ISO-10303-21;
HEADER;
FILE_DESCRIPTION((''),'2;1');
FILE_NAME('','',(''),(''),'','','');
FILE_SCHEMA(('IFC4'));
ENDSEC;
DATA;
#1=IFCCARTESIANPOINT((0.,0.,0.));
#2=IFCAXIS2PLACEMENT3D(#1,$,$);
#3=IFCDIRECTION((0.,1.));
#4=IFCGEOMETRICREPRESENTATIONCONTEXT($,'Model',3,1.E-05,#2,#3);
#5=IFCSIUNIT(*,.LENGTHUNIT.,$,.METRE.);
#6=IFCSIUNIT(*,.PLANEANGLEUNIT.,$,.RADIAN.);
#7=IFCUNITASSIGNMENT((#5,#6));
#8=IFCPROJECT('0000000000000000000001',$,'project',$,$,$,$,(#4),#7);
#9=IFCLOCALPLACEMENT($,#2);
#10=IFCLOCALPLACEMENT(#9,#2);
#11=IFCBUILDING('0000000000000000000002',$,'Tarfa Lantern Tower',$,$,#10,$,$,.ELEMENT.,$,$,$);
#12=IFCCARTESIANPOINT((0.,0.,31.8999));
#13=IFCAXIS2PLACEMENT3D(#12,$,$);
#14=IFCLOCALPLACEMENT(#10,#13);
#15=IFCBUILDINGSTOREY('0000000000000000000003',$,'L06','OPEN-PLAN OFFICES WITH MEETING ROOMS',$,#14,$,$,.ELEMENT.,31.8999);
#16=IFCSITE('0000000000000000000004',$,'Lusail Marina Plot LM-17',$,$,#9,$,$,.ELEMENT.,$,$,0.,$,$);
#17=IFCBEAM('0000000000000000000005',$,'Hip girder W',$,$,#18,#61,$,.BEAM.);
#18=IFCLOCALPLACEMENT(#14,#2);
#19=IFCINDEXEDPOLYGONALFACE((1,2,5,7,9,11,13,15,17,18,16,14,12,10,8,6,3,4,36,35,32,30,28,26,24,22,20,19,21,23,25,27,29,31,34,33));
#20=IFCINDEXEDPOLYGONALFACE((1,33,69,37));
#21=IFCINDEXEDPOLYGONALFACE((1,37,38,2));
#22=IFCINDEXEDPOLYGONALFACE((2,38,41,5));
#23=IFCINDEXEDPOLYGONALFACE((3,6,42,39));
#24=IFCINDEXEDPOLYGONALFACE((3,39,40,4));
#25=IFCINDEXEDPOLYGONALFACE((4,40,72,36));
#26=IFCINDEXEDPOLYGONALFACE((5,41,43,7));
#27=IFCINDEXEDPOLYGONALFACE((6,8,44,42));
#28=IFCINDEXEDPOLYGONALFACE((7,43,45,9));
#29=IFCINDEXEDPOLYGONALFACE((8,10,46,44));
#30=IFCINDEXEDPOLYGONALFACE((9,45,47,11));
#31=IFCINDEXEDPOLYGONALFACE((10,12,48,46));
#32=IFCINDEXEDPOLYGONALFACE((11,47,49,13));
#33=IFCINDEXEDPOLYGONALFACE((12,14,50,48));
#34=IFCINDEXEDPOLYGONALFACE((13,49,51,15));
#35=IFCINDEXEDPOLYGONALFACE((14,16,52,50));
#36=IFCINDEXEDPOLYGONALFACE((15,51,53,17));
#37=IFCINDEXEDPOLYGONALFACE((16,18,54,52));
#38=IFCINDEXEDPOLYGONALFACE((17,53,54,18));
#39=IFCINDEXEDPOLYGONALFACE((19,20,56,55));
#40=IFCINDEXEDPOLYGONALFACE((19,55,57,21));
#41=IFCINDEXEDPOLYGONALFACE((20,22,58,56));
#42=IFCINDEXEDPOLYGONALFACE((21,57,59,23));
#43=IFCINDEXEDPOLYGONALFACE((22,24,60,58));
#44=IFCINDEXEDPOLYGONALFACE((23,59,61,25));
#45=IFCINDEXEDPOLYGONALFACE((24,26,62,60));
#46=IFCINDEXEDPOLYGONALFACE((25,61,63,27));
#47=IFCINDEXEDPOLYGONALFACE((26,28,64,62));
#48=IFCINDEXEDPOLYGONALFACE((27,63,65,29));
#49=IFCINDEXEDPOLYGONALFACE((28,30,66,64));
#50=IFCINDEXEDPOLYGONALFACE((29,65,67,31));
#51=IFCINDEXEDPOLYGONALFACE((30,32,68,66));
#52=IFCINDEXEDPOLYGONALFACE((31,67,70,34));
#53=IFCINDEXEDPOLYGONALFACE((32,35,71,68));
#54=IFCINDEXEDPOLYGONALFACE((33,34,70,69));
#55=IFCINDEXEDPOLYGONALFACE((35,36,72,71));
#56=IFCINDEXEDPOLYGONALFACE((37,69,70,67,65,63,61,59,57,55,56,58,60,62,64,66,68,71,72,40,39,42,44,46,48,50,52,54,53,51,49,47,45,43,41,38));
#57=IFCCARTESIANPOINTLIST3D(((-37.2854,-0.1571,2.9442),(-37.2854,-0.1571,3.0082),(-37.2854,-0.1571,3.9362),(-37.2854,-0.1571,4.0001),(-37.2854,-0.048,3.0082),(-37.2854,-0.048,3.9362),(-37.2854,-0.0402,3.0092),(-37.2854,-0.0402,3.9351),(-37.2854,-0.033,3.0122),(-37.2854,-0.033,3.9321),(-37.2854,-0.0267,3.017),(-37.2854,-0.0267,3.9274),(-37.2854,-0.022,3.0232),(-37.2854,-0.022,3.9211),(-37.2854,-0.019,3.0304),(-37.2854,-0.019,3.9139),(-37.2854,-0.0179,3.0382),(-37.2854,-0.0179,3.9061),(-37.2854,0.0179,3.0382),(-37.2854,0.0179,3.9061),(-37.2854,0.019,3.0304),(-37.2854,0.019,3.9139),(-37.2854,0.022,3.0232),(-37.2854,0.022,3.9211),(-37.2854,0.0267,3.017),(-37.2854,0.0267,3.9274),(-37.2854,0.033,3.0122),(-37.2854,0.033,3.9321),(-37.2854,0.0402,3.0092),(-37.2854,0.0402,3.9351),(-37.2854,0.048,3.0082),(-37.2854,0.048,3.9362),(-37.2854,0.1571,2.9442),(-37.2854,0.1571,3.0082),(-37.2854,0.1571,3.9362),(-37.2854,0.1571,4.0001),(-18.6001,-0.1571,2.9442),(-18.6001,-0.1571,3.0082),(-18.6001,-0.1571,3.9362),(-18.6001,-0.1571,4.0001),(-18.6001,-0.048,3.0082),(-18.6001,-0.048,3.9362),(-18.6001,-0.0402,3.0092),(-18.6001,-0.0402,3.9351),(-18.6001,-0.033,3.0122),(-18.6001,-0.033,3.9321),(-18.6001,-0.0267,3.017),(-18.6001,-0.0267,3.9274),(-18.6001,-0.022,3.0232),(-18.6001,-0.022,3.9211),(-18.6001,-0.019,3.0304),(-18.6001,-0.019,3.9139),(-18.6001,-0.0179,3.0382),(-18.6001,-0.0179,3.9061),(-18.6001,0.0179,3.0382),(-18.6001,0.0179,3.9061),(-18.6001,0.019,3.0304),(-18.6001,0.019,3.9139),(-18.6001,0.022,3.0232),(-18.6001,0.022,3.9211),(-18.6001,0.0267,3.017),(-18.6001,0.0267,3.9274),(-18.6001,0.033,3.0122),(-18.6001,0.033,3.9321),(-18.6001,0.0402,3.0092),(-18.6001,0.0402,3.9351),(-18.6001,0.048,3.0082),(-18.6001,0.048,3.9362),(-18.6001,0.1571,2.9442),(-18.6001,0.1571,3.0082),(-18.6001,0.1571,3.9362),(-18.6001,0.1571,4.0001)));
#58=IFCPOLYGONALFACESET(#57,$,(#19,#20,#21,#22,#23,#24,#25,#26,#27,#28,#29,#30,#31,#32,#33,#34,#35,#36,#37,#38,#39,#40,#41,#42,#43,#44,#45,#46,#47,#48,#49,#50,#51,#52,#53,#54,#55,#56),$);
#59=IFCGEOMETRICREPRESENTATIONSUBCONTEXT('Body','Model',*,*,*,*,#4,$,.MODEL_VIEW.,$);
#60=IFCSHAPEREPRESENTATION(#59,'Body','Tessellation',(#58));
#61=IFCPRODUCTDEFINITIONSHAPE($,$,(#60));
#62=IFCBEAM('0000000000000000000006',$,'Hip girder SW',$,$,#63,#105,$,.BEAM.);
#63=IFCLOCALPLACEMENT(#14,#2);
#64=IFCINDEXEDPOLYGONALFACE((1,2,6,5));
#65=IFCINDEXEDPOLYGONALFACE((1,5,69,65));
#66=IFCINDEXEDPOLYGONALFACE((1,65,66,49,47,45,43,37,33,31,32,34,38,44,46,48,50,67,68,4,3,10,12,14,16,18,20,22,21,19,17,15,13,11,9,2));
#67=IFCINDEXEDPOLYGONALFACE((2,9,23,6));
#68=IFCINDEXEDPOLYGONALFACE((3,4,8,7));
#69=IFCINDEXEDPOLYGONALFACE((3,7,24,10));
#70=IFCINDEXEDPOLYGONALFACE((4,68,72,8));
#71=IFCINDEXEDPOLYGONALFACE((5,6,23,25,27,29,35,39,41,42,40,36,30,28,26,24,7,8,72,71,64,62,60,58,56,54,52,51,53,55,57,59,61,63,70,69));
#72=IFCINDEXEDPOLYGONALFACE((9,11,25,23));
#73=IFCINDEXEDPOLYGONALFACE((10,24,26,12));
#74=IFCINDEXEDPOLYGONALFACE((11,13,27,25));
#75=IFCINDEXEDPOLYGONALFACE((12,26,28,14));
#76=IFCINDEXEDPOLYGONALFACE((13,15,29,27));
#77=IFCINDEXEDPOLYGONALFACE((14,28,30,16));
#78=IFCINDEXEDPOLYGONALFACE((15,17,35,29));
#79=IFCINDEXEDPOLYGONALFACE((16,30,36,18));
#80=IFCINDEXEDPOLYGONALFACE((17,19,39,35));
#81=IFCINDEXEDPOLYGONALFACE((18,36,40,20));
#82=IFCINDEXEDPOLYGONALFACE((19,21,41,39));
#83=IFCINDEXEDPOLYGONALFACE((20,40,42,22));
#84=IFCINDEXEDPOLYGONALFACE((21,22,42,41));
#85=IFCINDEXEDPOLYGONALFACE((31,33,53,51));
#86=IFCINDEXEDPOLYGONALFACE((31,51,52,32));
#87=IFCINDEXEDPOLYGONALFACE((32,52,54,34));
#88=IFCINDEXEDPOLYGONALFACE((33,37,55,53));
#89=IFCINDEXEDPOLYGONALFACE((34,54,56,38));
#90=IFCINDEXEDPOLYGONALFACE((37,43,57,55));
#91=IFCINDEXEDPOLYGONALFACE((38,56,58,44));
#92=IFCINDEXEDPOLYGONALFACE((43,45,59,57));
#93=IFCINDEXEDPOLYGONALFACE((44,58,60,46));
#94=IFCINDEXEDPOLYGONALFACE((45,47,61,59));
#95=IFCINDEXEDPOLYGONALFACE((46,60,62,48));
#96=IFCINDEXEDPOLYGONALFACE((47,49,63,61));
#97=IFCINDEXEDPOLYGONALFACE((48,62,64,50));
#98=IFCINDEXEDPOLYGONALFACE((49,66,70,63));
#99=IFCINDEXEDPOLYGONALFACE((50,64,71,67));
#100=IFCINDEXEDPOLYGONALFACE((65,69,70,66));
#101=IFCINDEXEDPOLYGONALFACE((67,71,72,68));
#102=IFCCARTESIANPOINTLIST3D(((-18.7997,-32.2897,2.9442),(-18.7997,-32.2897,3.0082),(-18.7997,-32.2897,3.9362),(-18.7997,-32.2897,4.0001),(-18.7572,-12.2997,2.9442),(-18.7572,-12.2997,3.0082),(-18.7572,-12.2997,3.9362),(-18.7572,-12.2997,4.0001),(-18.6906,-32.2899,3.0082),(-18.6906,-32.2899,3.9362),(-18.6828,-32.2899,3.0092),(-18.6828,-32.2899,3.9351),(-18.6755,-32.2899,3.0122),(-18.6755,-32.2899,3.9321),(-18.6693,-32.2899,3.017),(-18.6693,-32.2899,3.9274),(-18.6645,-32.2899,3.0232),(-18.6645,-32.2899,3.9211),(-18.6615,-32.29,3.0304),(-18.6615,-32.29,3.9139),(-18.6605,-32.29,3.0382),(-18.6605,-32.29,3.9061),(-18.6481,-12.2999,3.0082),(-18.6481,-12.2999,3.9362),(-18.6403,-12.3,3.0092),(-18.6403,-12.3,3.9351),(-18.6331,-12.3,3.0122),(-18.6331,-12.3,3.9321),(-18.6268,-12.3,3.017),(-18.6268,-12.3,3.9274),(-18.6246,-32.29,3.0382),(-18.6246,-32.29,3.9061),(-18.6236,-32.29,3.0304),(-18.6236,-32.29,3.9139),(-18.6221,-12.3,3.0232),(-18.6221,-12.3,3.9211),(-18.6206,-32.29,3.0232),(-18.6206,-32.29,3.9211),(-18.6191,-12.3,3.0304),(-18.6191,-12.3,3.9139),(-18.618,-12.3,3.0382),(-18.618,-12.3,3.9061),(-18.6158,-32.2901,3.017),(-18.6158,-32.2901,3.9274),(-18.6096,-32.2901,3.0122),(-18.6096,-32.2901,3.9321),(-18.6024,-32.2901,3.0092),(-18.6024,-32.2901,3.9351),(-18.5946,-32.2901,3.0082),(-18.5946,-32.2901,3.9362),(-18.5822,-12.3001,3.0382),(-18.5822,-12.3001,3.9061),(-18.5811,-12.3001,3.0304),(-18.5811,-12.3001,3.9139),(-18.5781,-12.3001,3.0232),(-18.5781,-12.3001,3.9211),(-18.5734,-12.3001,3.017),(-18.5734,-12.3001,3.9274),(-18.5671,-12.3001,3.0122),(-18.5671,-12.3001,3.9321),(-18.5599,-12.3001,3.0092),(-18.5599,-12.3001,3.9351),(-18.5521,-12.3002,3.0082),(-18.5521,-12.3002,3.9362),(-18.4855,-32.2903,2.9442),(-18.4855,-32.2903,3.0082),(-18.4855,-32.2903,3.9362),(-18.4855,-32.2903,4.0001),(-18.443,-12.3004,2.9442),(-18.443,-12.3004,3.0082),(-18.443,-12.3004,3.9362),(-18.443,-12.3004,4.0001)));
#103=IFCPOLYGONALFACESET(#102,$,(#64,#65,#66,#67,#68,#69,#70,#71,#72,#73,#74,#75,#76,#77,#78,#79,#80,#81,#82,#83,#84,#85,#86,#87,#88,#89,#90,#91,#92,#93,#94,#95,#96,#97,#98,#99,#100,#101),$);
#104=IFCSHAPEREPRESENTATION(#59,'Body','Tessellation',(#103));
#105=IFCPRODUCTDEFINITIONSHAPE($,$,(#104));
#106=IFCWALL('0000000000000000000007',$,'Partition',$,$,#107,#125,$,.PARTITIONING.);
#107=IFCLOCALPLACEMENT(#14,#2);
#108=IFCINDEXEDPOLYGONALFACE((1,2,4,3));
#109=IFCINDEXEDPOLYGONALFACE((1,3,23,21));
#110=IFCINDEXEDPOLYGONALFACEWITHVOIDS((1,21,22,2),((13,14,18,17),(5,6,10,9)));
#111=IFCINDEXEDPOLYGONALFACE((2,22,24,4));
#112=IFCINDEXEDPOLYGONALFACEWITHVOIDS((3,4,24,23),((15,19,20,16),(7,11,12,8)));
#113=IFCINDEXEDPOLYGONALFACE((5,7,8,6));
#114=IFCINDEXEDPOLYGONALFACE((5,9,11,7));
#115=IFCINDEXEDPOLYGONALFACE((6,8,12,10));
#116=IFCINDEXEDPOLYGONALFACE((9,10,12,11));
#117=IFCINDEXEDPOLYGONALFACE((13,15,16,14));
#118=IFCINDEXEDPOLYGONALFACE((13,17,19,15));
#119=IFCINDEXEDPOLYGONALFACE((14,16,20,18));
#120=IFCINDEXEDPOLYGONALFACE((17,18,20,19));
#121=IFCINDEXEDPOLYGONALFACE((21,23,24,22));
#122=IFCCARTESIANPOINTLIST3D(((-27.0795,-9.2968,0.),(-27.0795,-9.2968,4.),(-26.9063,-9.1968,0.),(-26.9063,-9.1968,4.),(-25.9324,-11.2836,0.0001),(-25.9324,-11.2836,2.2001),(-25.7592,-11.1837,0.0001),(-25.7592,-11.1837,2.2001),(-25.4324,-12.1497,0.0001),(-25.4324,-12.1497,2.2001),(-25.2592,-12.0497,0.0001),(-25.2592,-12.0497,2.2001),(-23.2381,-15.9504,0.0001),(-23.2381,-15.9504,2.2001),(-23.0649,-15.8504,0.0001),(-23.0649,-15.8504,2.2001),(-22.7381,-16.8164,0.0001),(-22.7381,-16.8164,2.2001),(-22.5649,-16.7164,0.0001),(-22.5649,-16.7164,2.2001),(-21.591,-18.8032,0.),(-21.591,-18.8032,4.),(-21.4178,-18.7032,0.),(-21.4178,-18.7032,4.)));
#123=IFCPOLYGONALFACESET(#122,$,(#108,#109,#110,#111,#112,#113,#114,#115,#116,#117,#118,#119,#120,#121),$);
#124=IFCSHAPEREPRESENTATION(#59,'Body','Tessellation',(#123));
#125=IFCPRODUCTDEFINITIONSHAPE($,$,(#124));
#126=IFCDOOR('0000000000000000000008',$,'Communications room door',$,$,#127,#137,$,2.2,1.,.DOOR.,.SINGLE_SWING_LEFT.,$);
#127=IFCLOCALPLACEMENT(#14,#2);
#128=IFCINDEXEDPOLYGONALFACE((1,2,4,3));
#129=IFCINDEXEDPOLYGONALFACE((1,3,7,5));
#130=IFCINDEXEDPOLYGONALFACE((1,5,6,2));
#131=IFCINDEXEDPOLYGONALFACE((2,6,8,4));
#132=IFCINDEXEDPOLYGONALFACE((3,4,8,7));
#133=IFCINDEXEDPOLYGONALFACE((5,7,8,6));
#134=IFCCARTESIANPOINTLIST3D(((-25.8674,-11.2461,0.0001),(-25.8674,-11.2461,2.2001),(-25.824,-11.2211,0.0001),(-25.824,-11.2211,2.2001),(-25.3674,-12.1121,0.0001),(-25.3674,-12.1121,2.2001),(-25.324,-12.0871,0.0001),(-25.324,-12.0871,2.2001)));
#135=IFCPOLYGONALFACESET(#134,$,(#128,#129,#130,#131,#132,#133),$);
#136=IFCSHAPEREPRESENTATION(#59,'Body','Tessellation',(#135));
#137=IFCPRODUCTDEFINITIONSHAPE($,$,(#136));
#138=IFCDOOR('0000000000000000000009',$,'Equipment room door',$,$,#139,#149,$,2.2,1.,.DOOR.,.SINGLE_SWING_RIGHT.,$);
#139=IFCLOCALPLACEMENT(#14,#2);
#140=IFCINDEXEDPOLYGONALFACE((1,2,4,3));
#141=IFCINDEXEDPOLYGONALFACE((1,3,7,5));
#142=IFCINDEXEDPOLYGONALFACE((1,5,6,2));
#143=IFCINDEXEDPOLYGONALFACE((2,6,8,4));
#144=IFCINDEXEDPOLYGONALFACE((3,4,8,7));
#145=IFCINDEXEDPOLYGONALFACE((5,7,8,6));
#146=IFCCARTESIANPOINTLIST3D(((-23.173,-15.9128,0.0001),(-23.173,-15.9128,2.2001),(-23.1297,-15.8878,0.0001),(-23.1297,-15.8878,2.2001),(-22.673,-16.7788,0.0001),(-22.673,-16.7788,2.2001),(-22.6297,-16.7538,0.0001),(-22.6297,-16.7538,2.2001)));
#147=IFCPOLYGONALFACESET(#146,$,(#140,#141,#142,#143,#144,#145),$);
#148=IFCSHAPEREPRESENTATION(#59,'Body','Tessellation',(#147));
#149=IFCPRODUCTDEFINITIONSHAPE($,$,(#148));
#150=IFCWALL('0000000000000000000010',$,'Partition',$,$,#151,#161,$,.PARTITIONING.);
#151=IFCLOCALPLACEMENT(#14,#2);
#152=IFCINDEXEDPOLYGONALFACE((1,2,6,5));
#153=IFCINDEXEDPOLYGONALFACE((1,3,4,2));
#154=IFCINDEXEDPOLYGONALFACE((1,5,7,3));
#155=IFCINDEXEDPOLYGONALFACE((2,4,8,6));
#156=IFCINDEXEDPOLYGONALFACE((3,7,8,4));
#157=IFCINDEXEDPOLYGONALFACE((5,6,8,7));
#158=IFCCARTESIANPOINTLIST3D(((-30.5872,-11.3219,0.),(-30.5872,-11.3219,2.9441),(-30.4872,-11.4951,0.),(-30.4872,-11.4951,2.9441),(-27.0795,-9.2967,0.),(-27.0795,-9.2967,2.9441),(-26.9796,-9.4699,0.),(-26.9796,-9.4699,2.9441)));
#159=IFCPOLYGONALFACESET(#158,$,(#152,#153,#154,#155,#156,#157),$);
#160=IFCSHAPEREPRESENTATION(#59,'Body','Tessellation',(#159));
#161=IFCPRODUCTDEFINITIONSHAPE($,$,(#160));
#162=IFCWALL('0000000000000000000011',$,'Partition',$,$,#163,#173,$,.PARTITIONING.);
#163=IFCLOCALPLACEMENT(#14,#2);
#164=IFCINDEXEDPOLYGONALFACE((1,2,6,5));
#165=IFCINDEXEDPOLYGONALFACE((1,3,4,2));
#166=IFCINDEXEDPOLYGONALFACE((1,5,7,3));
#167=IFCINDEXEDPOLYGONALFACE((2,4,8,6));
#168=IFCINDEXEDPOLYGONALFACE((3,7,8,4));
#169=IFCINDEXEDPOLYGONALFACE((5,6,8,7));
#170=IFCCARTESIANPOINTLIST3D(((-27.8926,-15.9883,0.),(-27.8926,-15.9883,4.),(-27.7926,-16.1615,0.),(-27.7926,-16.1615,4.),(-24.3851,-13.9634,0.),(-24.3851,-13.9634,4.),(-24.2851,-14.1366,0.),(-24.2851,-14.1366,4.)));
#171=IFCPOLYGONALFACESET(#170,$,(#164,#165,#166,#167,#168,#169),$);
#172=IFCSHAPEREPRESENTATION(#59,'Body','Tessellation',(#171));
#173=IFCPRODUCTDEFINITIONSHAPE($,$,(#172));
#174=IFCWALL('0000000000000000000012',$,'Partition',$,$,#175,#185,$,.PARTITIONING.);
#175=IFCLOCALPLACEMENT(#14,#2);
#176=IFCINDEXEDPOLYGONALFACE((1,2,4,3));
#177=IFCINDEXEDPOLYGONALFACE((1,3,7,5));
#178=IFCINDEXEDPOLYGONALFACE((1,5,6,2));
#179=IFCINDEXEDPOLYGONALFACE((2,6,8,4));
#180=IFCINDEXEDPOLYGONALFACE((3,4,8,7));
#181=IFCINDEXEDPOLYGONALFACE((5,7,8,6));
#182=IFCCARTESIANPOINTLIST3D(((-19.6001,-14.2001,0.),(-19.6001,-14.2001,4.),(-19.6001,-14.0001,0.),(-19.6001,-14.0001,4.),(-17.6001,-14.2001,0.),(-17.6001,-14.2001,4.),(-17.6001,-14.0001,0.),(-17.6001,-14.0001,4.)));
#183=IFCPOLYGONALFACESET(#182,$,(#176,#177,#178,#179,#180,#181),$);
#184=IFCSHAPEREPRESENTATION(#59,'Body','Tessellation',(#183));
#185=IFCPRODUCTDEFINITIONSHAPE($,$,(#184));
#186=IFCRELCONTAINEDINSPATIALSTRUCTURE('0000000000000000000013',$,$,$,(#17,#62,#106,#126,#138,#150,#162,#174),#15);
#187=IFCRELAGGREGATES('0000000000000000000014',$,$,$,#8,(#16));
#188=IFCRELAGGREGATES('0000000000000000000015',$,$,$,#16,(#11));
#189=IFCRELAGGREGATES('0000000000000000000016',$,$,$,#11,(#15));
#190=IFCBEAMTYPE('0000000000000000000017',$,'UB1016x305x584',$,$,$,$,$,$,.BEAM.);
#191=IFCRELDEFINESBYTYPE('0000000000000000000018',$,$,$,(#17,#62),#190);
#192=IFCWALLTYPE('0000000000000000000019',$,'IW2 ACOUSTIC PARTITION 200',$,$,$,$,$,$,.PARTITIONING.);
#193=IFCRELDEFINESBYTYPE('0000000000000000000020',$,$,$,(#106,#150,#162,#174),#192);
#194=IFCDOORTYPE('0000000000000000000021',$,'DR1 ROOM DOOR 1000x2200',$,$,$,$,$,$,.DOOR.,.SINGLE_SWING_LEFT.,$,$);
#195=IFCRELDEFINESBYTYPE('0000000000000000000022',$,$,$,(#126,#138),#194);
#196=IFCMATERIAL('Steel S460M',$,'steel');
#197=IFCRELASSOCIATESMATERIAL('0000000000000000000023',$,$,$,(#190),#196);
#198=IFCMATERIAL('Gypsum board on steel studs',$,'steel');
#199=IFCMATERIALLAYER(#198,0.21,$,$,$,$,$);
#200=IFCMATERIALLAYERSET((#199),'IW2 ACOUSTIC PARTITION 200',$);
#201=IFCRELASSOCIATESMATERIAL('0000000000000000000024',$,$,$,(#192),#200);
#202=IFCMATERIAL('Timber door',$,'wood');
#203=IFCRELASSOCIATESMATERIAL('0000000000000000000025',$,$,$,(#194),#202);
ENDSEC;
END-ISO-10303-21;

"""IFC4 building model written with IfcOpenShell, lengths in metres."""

from ifc_helpers import new_model, si_unit, direction, frame, frame_2d, origin, origin_2d, place, context, subcontext, project, spatial, rectangle, i_section, extrude, material, layer, layer_set, material_profile, profile_set, type_object, element, fill, save


model = new_model("IFC4")

# Units and contexts
model_context = context("Model", 3, precision=1e-05, world=origin(), true_north=direction((0.0, 1.0)))
body_context = subcontext(model_context, "Body", "Model", "MODEL_VIEW")
ifc_project = project(units=[si_unit("LENGTHUNIT", "METRE"), si_unit("PLANEANGLEUNIT", "RADIAN")], contexts=[model_context])

# Site, building, storey
site_placement = place(None, origin())
site = spatial("IfcSite", under=ifc_project, at=site_placement, Name="Lusail Marina Plot LM-17", CompositionType="ELEMENT", RefElevation=0.0)
building_placement = place(site_placement, origin())
building = spatial("IfcBuilding", under=site, at=building_placement, Name="Tarfa Lantern Tower", CompositionType="ELEMENT")
storey_placement = place(building_placement, frame((0.0, 0.0, 31.8999)))
storey = spatial("IfcBuildingStorey", under=building, at=storey_placement, Name="L06", Description="OPEN-PLAN OFFICES WITH MEETING ROOMS", CompositionType="ELEMENT", Elevation=31.8999)

# Beams
ifc_material_1 = material(Name="Steel S460M", Category="steel")
ifc_material_profile = material_profile(ifc_material_1, i_section(OverallWidth=0.3142, OverallDepth=1.0559, WebThickness=0.0359, FlangeThickness=0.064, FilletRadius=0.03, at=origin_2d()), Name="UB1016x305x584")
ifc_profile_set = profile_set([ifc_material_profile], Name="Steel S460M")
beam_type = type_object("IfcBeamType", Name="UB1016x305x584", PredefinedType="BEAM", material=ifc_profile_set)
beam_1_placement = place(storey_placement, frame((-18.6001, 0.0, 3.4722), z_axis=(-1.0, 0.0, 0.0), x_axis=(0.0, -1.0, 0.0)))
element("IfcBeam", 1, at=beam_1_placement, inside=storey, type_object=beam_type, Name="Hip girder W", PredefinedType="BEAM", context=body_context, shape_type="SweptSolid", body=[
    extrude(i_section(OverallWidth=0.3142, OverallDepth=1.0559, WebThickness=0.0359, FlangeThickness=0.064, FilletRadius=0.03, at=origin_2d()), origin(), (0.0, 0.0, 1.0), 18.6853),
])
beam_2_placement = place(storey_placement, frame((-18.6001, -12.3, 3.4722), z_axis=(-0.002125, -0.999998, 0.0), x_axis=(0.999998, -0.002125, 0.0)))
element("IfcBeam", 2, at=beam_2_placement, inside=storey, type_object=beam_type, Name="Hip girder SW", PredefinedType="BEAM", context=body_context, shape_type="SweptSolid", body=[
    extrude(i_section(OverallWidth=0.3142, OverallDepth=1.0559, WebThickness=0.0359, FlangeThickness=0.064, FilletRadius=0.03, at=origin_2d()), origin(), (0.0, 0.0, 1.0), 19.99),
])

# Wall, openings, doors
ifc_material_2 = material(Name="Gypsum board on steel studs", Category="steel")
ifc_layer_1 = layer(ifc_material_2, 0.21)
ifc_layer_set_1 = layer_set([ifc_layer_1], Name="IW2 ACOUSTIC PARTITION 200")
wall_type_1 = type_object("IfcWallType", Name="IW2 ACOUSTIC PARTITION 200", PredefinedType="PARTITIONING", material=ifc_layer_set_1)
wall_1_placement = place(storey_placement, frame((-26.9929, -9.2468, 0.0), z_axis=(0.0, 0.0, 1.0), x_axis=(0.500002, -0.866024, 0.0)))
wall_1 = element("IfcWall", 3, at=wall_1_placement, inside=storey, type_object=wall_type_1, Name="Partition", PredefinedType="PARTITIONING", context=body_context, shape_type="SweptSolid", body=[
    extrude(rectangle(XDim=10.9771, YDim=0.2, at=frame_2d((5.4885, 0.0))), origin(), (0.0, 0.0, 1.0), 4.0),
])
opening_1_placement = place(wall_1_placement, frame((2.2942, 0.0, 0.0)))
opening_1 = element("IfcOpeningElement", 4, at=opening_1_placement, cuts=wall_1, PredefinedType="OPENING", context=body_context, shape_type="SweptSolid", body=[
    extrude(rectangle(XDim=1.0, YDim=2.2, at=frame_2d((0.5, 1.1001))), frame((0.0, 0.1099, 0.0), z_axis=(0.0, -1.0, 0.0), x_axis=(1.0, 0.0, 0.0)), (0.0, 0.0, 1.0), 0.22),
])
opening_2_placement = place(wall_1_placement, frame((7.6829, 0.0, 0.0)))
opening_2 = element("IfcOpeningElement", 5, at=opening_2_placement, cuts=wall_1, PredefinedType="OPENING", context=body_context, shape_type="SweptSolid", body=[
    extrude(rectangle(XDim=1.0, YDim=2.2, at=frame_2d((0.5, 1.1001))), frame((0.0, 0.1099, 0.0), z_axis=(0.0, -1.0, 0.0), x_axis=(1.0, 0.0, 0.0)), (0.0, 0.0, 1.0), 0.22),
])
ifc_material_3 = material(Name="Timber door", Category="wood")
door_type_1 = type_object("IfcDoorType", Name="DR1 ROOM DOOR 1000x2200", OperationType="SINGLE_SWING_LEFT", PredefinedType="DOOR", material=ifc_material_3)
door_1_placement = place(opening_1_placement, frame((1.0, 0.0, 0.0), z_axis=(0.0, 0.0, 1.0), x_axis=(-1.0, 0.0, 0.0)))
door_1 = element("IfcDoor", 6, at=door_1_placement, inside=storey, type_object=door_type_1, Name="Communications room door", OperationType="SINGLE_SWING_LEFT", OverallHeight=2.2, OverallWidth=1.0, PredefinedType="DOOR", context=body_context, shape_type="SweptSolid", body=[
    extrude(rectangle(XDim=1.0, YDim=2.2, at=frame_2d((0.5, 1.1001))), frame((0.0, 0.0249, 0.0), z_axis=(0.0, -1.0, 0.0), x_axis=(1.0, 0.0, 0.0)), (0.0, 0.0, 1.0), 0.05),
])
fill(opening_1, door_1)
door_2_placement = place(opening_2_placement, frame((1.0, 0.0, 0.0), z_axis=(0.0, 0.0, 1.0), x_axis=(-1.0, 0.0, 0.0)))
door_2 = element("IfcDoor", 7, at=door_2_placement, inside=storey, type_object=door_type_1, Name="Equipment room door", OperationType="SINGLE_SWING_RIGHT", OverallHeight=2.2, OverallWidth=1.0, PredefinedType="DOOR", context=body_context, shape_type="SweptSolid", body=[
    extrude(rectangle(XDim=1.0, YDim=2.2, at=frame_2d((0.5, 1.1001))), frame((0.0, 0.0249, 0.0), z_axis=(0.0, -1.0, 0.0), x_axis=(1.0, 0.0, 0.0)), (0.0, 0.0, 1.0), 0.05),
])
fill(opening_2, door_2)

# Walls
wall_2_placement = place(storey_placement, frame((-27.0295, -9.3833, 0.0), z_axis=(0.0, 0.0, 1.0), x_axis=(-0.86602, -0.500009, 0.0)))
element("IfcWall", 8, at=wall_2_placement, inside=storey, type_object=wall_type_1, Name="Partition", PredefinedType="PARTITIONING", context=body_context, shape_type="SweptSolid", body=[
    extrude(rectangle(XDim=4.0503, YDim=0.2, at=frame_2d((2.0251, 0.0))), origin(), (0.0, 0.0, 1.0), 2.9441),
])
wall_3_placement = place(storey_placement, frame((-24.3352, -14.05, 0.0), z_axis=(0.0, 0.0, 1.0), x_axis=(-0.866046, -0.499964, 0.0)))
element("IfcWall", 9, at=wall_3_placement, inside=storey, type_object=wall_type_1, Name="Partition", PredefinedType="PARTITIONING", context=body_context, shape_type="SweptSolid", body=[
    extrude(rectangle(XDim=4.05, YDim=0.2, at=frame_2d((2.0249, 0.0))), origin(), (0.0, 0.0, 1.0), 4.0),
])
wall_4_placement = place(storey_placement, frame((-17.6001, -14.1001, 0.0), z_axis=(0.0, 0.0, 1.0), x_axis=(-1.0, 0.0, 0.0)))
element("IfcWall", 10, at=wall_4_placement, inside=storey, type_object=wall_type_1, Name="Partition", PredefinedType="PARTITIONING", context=body_context, shape_type="SweptSolid", body=[
    extrude(rectangle(XDim=2.0, YDim=0.2, at=frame_2d((1.0, 0.0))), origin(), (0.0, 0.0, 1.0), 4.0),
])

save(model, "model.ifc")
